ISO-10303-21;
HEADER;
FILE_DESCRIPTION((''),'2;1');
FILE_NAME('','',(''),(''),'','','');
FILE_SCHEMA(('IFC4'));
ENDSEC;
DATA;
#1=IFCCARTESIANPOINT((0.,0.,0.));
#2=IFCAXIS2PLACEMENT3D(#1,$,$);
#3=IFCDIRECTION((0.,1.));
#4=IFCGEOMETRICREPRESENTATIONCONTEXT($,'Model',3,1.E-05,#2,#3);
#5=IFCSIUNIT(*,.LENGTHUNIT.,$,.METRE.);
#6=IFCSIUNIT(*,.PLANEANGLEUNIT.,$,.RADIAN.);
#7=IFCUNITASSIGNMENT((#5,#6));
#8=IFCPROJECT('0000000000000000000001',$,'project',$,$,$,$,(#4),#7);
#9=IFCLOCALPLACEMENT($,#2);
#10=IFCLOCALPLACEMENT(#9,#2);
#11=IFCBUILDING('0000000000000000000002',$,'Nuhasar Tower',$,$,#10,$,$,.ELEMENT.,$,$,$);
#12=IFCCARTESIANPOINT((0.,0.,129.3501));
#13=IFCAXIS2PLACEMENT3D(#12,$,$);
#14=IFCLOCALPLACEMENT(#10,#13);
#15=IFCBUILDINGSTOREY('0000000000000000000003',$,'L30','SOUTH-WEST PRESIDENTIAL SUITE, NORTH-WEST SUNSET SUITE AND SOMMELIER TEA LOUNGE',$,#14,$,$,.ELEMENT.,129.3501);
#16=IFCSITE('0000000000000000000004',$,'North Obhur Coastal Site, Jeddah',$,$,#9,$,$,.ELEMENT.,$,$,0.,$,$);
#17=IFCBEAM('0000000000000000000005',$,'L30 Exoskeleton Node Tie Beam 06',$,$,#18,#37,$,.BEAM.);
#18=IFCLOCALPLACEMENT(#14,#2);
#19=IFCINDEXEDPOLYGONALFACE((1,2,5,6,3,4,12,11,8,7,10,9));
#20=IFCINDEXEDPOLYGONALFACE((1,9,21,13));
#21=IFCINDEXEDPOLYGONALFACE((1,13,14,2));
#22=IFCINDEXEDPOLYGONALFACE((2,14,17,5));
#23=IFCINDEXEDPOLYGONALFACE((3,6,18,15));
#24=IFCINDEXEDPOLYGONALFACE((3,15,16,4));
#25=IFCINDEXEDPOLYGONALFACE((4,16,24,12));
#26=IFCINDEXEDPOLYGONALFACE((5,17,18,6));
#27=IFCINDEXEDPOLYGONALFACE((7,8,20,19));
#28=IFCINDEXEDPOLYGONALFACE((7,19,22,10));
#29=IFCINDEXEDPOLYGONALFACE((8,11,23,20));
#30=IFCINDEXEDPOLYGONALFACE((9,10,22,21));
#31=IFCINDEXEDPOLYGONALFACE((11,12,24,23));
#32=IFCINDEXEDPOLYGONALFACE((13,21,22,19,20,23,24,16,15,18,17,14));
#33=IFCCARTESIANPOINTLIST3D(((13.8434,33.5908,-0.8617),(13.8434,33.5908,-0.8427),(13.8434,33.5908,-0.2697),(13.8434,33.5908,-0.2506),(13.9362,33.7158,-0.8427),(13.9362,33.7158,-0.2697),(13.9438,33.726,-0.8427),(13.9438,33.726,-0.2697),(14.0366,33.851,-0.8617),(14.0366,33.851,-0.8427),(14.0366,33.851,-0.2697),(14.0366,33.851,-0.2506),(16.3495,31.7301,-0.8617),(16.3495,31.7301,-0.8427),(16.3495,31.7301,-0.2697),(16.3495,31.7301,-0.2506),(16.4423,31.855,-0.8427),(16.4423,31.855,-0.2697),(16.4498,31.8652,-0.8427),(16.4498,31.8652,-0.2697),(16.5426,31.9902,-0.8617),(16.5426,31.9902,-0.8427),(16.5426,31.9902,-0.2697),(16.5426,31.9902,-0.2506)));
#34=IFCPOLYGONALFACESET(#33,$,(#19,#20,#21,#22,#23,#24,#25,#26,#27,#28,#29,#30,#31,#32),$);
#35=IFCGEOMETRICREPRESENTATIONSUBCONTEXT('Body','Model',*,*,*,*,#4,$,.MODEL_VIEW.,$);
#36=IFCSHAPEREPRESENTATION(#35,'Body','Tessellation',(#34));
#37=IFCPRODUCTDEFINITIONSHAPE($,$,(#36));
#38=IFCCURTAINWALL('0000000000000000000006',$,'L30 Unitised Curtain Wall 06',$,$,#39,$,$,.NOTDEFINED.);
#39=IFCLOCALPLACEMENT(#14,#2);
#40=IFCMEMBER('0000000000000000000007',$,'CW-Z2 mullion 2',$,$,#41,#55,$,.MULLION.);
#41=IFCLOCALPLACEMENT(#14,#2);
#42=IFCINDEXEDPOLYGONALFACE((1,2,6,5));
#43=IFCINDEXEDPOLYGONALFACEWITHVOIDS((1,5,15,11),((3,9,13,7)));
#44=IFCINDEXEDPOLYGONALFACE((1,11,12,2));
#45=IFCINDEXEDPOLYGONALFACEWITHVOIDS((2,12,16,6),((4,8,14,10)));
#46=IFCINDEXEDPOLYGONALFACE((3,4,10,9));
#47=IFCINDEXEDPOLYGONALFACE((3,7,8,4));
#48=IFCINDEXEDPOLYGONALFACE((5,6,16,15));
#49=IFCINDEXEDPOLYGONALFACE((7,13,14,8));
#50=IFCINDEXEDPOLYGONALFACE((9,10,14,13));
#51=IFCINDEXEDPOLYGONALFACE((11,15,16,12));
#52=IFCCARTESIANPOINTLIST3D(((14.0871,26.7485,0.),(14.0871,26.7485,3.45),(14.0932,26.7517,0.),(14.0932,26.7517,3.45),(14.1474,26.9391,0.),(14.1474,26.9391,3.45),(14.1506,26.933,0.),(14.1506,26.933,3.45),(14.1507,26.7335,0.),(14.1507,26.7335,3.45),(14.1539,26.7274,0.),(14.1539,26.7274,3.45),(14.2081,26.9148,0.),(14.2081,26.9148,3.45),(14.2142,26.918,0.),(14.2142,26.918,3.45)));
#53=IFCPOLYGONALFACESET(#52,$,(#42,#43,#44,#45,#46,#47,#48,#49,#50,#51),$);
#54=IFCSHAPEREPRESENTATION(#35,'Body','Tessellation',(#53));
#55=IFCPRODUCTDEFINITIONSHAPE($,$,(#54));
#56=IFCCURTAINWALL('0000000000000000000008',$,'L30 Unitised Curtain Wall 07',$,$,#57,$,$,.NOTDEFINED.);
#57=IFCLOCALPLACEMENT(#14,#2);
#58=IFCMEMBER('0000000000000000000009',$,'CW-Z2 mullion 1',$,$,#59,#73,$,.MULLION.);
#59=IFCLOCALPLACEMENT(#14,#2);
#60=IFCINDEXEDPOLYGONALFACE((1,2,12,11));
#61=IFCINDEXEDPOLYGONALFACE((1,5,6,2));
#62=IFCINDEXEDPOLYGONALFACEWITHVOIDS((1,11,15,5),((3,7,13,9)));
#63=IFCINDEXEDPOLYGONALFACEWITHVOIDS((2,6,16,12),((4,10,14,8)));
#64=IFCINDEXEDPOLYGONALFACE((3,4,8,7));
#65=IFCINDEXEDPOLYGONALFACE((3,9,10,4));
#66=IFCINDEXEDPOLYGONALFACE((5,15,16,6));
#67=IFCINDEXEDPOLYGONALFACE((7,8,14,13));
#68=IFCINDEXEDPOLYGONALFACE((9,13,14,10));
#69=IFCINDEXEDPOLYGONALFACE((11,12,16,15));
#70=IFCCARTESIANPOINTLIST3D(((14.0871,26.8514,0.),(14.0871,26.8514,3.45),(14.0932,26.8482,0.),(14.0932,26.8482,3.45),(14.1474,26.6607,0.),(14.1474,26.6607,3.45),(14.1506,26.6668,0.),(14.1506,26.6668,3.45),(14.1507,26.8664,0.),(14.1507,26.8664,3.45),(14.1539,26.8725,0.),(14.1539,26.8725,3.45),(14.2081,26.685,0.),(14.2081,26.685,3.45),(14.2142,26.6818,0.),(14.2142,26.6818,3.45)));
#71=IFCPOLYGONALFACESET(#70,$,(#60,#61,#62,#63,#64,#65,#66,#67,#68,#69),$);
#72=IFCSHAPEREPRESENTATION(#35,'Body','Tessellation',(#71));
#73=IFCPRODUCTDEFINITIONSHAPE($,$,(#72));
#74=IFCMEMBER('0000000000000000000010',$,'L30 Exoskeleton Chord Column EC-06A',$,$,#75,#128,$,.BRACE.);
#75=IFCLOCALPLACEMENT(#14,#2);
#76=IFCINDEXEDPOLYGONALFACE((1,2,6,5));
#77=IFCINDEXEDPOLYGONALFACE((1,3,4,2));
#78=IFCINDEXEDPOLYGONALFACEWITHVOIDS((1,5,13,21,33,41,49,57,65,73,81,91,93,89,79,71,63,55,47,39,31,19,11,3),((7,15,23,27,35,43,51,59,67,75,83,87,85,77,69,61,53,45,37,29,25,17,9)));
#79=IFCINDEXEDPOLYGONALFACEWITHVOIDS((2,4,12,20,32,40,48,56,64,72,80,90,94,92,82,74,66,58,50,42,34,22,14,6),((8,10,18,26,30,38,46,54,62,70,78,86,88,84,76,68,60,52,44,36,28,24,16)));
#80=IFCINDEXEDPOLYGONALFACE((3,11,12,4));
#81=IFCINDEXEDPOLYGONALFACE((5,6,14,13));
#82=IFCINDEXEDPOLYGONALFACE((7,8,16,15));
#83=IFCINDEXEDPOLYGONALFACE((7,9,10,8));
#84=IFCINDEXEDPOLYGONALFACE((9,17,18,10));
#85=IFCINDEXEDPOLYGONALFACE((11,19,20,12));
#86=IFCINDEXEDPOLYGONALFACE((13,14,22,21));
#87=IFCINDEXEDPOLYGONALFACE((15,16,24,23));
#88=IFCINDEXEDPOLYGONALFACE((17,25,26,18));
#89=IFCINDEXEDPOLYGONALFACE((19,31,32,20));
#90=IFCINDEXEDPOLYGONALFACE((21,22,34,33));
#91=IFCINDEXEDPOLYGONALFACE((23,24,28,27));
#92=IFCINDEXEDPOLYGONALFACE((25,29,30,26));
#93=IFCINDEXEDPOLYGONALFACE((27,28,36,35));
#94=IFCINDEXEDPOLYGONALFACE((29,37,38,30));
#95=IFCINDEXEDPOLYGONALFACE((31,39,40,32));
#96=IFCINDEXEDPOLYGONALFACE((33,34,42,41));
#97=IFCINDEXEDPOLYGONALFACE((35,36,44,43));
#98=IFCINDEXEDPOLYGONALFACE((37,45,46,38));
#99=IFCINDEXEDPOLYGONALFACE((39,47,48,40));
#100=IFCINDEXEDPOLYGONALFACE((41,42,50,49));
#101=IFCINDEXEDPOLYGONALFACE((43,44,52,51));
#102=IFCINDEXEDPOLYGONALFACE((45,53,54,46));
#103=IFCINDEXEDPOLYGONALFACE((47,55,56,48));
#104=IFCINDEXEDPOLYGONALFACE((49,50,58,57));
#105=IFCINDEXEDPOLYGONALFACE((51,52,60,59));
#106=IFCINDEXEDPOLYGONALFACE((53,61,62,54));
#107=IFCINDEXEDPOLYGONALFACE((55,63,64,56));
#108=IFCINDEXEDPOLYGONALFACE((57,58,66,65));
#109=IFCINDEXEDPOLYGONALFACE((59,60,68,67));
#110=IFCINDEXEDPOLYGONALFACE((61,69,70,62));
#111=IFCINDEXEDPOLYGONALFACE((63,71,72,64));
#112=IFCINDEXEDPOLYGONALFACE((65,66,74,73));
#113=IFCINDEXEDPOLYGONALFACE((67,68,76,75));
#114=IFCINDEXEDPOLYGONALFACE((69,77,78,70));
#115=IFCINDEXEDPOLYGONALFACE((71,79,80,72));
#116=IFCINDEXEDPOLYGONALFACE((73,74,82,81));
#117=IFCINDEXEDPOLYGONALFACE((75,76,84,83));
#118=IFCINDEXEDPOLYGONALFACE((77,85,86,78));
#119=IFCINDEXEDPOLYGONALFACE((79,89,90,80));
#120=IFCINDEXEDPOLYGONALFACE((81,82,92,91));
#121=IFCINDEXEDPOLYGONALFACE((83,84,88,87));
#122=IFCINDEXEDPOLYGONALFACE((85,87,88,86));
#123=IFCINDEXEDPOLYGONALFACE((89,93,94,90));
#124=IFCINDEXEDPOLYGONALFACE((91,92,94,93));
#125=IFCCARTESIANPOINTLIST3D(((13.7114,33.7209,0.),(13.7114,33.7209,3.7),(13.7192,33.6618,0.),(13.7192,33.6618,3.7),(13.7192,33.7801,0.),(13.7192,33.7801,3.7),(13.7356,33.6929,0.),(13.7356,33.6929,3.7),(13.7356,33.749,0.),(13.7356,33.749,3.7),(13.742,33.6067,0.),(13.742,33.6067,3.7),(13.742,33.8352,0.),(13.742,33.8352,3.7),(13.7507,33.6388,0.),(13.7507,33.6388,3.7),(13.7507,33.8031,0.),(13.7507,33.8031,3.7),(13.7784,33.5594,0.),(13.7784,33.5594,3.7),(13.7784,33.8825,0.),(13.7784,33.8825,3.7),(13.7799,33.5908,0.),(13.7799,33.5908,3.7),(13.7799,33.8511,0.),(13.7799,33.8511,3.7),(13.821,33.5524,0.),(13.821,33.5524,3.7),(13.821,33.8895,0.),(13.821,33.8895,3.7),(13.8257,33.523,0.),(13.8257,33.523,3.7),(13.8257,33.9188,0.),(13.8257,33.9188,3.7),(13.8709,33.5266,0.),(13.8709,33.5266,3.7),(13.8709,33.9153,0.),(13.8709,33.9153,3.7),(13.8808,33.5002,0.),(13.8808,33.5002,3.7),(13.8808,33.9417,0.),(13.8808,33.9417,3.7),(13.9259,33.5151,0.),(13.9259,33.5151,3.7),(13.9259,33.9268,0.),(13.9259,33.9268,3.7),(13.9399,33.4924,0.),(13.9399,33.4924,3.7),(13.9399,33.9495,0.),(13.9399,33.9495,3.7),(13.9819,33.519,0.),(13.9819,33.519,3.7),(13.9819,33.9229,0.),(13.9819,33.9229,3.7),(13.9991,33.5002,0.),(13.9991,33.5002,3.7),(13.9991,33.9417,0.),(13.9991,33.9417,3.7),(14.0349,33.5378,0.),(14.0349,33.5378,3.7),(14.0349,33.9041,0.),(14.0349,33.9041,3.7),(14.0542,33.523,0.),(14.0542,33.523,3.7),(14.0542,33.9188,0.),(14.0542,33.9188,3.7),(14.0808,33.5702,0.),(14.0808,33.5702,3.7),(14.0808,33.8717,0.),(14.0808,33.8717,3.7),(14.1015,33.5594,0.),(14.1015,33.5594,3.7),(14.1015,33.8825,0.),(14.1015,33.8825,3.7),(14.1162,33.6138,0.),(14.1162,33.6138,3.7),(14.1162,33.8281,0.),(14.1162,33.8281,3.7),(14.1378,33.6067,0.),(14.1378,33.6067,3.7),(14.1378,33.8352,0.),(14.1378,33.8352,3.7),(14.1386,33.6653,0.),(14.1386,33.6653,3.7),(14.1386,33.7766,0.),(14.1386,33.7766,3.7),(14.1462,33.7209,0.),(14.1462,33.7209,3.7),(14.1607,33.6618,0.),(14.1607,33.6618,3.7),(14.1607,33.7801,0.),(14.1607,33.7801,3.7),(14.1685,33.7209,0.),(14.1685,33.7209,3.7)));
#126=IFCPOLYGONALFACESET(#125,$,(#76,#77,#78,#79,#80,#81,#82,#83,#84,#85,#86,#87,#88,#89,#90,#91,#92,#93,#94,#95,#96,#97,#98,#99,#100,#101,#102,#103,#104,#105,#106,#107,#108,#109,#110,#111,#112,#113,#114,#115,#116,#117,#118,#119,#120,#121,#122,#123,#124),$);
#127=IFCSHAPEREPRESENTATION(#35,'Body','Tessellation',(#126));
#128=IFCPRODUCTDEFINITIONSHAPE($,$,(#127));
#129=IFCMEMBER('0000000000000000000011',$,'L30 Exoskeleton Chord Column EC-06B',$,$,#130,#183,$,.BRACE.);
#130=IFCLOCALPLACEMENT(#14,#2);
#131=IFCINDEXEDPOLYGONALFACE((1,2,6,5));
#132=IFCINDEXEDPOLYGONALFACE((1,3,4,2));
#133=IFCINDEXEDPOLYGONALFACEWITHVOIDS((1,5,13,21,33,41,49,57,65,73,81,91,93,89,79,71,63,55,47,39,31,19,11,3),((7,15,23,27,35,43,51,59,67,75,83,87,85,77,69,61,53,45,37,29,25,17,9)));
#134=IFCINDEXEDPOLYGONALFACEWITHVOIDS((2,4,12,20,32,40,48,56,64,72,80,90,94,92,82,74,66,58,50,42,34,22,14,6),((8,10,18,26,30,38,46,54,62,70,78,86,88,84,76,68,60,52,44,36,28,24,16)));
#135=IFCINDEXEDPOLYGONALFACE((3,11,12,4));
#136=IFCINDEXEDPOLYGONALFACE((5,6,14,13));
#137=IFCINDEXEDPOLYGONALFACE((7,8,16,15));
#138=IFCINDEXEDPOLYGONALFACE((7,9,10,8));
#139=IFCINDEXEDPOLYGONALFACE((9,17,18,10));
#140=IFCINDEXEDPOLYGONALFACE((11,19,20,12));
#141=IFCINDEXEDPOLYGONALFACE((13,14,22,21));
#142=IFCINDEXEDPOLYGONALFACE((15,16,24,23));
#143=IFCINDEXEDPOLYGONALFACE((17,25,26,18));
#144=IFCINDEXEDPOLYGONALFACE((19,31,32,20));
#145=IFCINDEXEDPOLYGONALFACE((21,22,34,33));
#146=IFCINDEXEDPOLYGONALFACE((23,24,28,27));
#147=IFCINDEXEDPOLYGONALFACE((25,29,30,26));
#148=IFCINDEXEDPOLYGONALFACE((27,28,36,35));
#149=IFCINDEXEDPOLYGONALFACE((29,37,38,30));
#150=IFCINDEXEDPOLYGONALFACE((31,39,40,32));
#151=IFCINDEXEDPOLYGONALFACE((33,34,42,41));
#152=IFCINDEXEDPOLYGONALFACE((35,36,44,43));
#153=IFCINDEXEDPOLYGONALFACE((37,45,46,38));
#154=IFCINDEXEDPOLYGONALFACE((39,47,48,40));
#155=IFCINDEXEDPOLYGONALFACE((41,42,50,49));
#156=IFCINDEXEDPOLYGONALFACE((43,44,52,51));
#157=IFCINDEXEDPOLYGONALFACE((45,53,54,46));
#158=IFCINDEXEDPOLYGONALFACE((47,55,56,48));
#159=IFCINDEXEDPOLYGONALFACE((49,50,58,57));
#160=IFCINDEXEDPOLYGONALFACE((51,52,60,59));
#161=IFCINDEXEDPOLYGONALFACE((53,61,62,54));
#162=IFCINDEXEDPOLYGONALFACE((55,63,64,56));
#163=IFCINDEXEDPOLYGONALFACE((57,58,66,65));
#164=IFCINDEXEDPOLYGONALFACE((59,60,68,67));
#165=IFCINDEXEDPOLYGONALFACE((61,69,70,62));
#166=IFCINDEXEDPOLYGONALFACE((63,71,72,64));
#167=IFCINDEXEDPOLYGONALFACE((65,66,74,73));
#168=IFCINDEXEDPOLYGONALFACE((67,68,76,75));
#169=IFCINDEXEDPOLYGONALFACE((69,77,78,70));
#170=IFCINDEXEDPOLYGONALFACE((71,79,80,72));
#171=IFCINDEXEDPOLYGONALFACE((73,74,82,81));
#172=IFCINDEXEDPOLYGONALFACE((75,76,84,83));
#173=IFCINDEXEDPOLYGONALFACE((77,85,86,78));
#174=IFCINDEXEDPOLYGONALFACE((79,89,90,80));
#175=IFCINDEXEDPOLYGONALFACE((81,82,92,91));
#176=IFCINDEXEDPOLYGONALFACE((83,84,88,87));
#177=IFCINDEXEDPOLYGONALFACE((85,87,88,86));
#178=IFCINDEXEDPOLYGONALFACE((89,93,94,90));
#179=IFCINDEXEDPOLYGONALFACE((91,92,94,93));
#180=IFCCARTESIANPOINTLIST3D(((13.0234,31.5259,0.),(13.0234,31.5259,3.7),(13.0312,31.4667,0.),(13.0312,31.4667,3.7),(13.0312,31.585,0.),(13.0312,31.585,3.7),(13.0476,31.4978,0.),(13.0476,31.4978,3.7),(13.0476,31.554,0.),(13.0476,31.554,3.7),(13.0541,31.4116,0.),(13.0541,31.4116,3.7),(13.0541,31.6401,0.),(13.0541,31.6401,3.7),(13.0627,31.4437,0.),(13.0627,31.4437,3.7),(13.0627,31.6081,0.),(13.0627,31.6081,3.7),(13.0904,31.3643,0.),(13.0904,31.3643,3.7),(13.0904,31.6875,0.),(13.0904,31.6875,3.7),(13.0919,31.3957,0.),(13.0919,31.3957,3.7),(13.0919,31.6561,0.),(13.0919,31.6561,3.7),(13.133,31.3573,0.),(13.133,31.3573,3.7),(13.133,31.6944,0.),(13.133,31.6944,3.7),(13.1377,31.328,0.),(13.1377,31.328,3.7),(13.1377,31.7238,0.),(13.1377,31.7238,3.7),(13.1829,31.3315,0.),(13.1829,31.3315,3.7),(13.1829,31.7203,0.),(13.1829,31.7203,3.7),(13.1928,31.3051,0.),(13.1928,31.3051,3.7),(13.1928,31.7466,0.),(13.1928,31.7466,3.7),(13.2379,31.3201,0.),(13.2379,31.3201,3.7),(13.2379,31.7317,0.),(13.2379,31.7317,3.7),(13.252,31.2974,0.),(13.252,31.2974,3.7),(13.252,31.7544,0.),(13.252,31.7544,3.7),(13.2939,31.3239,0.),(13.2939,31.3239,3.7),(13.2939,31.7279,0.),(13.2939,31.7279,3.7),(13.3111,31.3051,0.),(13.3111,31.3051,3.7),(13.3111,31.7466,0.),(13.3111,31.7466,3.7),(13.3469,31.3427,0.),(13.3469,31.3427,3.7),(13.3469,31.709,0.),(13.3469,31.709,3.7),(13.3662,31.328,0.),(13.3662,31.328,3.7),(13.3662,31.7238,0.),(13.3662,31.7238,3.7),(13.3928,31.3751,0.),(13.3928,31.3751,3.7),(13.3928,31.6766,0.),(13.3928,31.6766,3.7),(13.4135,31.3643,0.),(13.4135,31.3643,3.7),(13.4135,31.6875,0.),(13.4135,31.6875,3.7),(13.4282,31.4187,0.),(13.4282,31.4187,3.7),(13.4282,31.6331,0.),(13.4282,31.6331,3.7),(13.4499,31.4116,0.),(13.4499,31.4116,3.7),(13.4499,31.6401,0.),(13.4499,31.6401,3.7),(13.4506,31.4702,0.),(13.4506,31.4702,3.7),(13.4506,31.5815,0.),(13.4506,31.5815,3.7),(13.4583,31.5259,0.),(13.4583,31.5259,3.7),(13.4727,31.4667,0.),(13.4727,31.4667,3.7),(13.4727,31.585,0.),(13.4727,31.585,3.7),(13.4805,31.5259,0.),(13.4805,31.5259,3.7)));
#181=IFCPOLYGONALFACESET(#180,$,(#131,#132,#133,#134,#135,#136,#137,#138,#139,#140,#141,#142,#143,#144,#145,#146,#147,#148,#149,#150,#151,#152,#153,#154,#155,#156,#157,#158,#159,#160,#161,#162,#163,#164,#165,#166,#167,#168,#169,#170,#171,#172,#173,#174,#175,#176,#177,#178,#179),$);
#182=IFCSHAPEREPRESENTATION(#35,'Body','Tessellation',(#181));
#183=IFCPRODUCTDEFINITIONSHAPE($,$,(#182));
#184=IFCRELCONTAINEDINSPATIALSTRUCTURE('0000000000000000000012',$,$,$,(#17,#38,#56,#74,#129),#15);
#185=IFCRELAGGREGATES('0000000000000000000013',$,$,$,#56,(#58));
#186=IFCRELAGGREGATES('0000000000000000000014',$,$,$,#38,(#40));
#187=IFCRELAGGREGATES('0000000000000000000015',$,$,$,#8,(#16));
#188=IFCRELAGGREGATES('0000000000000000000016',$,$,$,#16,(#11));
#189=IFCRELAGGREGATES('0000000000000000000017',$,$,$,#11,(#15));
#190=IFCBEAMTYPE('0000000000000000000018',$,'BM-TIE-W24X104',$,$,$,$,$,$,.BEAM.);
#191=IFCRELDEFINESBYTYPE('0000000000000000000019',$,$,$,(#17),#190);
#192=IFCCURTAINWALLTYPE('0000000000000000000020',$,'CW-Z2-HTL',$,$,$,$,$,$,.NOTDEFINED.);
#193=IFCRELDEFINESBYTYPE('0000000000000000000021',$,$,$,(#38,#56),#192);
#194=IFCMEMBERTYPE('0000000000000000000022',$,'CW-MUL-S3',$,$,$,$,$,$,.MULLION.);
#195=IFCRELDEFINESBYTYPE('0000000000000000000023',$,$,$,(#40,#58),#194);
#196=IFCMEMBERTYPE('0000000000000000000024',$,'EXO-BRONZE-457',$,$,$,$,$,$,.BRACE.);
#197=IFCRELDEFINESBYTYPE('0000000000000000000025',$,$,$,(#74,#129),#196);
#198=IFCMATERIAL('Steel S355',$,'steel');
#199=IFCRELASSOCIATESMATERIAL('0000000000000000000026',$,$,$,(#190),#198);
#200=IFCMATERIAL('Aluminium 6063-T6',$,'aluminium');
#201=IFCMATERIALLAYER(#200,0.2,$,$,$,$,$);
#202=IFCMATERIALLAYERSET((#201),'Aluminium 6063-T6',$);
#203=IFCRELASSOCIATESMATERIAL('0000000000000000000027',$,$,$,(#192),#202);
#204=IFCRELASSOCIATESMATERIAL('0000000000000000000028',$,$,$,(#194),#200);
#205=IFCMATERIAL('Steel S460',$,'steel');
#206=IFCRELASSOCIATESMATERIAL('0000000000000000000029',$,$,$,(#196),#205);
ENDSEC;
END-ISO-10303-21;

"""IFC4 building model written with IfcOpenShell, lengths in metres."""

from ifc_helpers import new_model, si_unit, direction, frame, origin, origin_2d, place, context, subcontext, project, spatial, hollow_rectangle, hollow_circle, i_section, extrude, material, layer, layer_set, material_profile, profile_set, type_object, element, aggregate, save


model = new_model("IFC4")

# Units and contexts
model_context = context("Model", 3, precision=1e-05, world=origin(), true_north=direction((0.0, 1.0)))
body_context = subcontext(model_context, "Body", "Model", "MODEL_VIEW")
ifc_project = project(units=[si_unit("LENGTHUNIT", "METRE"), si_unit("PLANEANGLEUNIT", "RADIAN")], contexts=[model_context])

# Site, building, storey
site_placement = place(None, origin())
site = spatial("IfcSite", under=ifc_project, at=site_placement, Name="North Obhur Coastal Site, Jeddah", CompositionType="ELEMENT", RefElevation=0.0)
building_placement = place(site_placement, origin())
building = spatial("IfcBuilding", under=site, at=building_placement, Name="Nuhasar Tower", CompositionType="ELEMENT")
storey_placement = place(building_placement, frame((0.0, 0.0, 129.3501)))
storey = spatial("IfcBuildingStorey", under=building, at=storey_placement, Name="L30", Description="SOUTH-WEST PRESIDENTIAL SUITE, NORTH-WEST SUNSET SUITE AND SOMMELIER TEA LOUNGE", CompositionType="ELEMENT", Elevation=129.3501)

# Beam
ifc_material_1 = material(Name="Steel S355", Category="steel")
ifc_material_profile_1 = material_profile(ifc_material_1, i_section(OverallWidth=0.324, OverallDepth=0.6111, WebThickness=0.0127, FlangeThickness=0.019, at=origin_2d()), Name="W24X104")
ifc_profile_set_1 = profile_set([ifc_material_profile_1], Name="Steel S355")
beam_type_1 = type_object("IfcBeamType", Name="BM-TIE-W24X104", PredefinedType="BEAM", material=ifc_profile_set_1)
beam_1_placement = place(storey_placement, frame((16.446, 31.8601, -0.5562), z_axis=(-0.802872, 0.596151, 0.0), x_axis=(-0.596151, -0.802872, 0.0)))
element("IfcBeam", 1, at=beam_1_placement, inside=storey, type_object=beam_type_1, Name="L30 Exoskeleton Node Tie Beam 06", PredefinedType="BEAM", context=body_context, shape_type="SweptSolid", body=[
    extrude(i_section(OverallWidth=0.324, OverallDepth=0.6111, WebThickness=0.0127, FlangeThickness=0.019, at=origin_2d()), origin(), (0.0, 0.0, 1.0), 3.1213),
])

# Curtain walls, members
ifc_material_2 = material(Name="Aluminium 6063-T6", Category="aluminium")
ifc_layer_1 = layer(ifc_material_2, 0.2)
ifc_layer_set_1 = layer_set([ifc_layer_1], Name="Aluminium 6063-T6")
curtain_wall_type = type_object("IfcCurtainWallType", Name="CW-Z2-HTL", PredefinedType="NOTDEFINED", material=ifc_layer_set_1)
curtain_wall_1_placement = place(storey_placement, origin())
curtain_wall_1 = element("IfcCurtainWall", 2, at=curtain_wall_1_placement, inside=storey, type_object=curtain_wall_type, Name="L30 Unitised Curtain Wall 06", PredefinedType="NOTDEFINED")
ifc_material_profile_2 = material_profile(ifc_material_2, hollow_rectangle(XDim=0.0701, YDim=0.2, WallThickness=0.0049, at=origin_2d()), Name="CWM-3")
ifc_profile_set_2 = profile_set([ifc_material_profile_2], Name="Aluminium 6063-T6")
member_type_1 = type_object("IfcMemberType", Name="CW-MUL-S3", PredefinedType="MULLION", material=ifc_profile_set_2)
member_1_placement = place(storey_placement, frame((14.1506, 26.8333, 0.0), z_axis=(0.0, 0.0, 1.0), x_axis=(0.953433, -0.301604, 0.0)))
member_1 = element("IfcMember", 3, at=member_1_placement, type_object=member_type_1, Name="CW-Z2 mullion 2", PredefinedType="MULLION", context=body_context, shape_type="SweptSolid", body=[
    extrude(hollow_rectangle(XDim=0.0701, YDim=0.2, WallThickness=0.0049, at=origin_2d()), origin(), (0.0, 0.0, 1.0), 3.45),
])
curtain_wall_2_placement = place(storey_placement, origin())
curtain_wall_2 = element("IfcCurtainWall", 4, at=curtain_wall_2_placement, inside=storey, type_object=curtain_wall_type, Name="L30 Unitised Curtain Wall 07", PredefinedType="NOTDEFINED")
member_2_placement = place(storey_placement, frame((14.1506, 26.7666, 0.0), z_axis=(0.0, 0.0, 1.0), x_axis=(0.953433, 0.301604, 0.0)))
member_2 = element("IfcMember", 5, at=member_2_placement, type_object=member_type_1, Name="CW-Z2 mullion 1", PredefinedType="MULLION", context=body_context, shape_type="SweptSolid", body=[
    extrude(hollow_rectangle(XDim=0.0701, YDim=0.2, WallThickness=0.0049, at=origin_2d()), origin(), (0.0, 0.0, 1.0), 3.45),
])
aggregate(curtain_wall_2, [member_2])

# Members
ifc_material_3 = material(Name="Steel S460", Category="steel")
ifc_material_profile_3 = material_profile(ifc_material_3, hollow_circle(Radius=0.2285, WallThickness=0.0222, at=origin_2d()), Name="HSS457X22.2")
ifc_profile_set_3 = profile_set([ifc_material_profile_3], Name="Steel S460")
member_type_2 = type_object("IfcMemberType", Name="EXO-BRONZE-457", PredefinedType="BRACE", material=ifc_profile_set_3)
for number, where, z_axis, x_axis, name in (
    (6, (13.9399, 33.7209, 0.0), (0.0, 0.0, 1.0), (1.0, 0.0, 0.0), "L30 Exoskeleton Chord Column EC-06A"),
    (7, (13.252, 31.5259, 0.0), (0.0, 0.0, 1.0), (1.0, 0.0, 0.0), "L30 Exoskeleton Chord Column EC-06B"),
):
    element("IfcMember", number, at=place(storey_placement, frame(where, z_axis=z_axis, x_axis=x_axis)), inside=storey, type_object=member_type_2, Name=name, PredefinedType="BRACE", context=body_context, shape_type="SweptSolid", body=[
        extrude(hollow_circle(Radius=0.2285, WallThickness=0.0222, at=origin_2d()), origin(), (0.0, 0.0, 1.0), 3.7),
    ])

aggregate(curtain_wall_1, [member_1])

save(model, "model.ifc")
